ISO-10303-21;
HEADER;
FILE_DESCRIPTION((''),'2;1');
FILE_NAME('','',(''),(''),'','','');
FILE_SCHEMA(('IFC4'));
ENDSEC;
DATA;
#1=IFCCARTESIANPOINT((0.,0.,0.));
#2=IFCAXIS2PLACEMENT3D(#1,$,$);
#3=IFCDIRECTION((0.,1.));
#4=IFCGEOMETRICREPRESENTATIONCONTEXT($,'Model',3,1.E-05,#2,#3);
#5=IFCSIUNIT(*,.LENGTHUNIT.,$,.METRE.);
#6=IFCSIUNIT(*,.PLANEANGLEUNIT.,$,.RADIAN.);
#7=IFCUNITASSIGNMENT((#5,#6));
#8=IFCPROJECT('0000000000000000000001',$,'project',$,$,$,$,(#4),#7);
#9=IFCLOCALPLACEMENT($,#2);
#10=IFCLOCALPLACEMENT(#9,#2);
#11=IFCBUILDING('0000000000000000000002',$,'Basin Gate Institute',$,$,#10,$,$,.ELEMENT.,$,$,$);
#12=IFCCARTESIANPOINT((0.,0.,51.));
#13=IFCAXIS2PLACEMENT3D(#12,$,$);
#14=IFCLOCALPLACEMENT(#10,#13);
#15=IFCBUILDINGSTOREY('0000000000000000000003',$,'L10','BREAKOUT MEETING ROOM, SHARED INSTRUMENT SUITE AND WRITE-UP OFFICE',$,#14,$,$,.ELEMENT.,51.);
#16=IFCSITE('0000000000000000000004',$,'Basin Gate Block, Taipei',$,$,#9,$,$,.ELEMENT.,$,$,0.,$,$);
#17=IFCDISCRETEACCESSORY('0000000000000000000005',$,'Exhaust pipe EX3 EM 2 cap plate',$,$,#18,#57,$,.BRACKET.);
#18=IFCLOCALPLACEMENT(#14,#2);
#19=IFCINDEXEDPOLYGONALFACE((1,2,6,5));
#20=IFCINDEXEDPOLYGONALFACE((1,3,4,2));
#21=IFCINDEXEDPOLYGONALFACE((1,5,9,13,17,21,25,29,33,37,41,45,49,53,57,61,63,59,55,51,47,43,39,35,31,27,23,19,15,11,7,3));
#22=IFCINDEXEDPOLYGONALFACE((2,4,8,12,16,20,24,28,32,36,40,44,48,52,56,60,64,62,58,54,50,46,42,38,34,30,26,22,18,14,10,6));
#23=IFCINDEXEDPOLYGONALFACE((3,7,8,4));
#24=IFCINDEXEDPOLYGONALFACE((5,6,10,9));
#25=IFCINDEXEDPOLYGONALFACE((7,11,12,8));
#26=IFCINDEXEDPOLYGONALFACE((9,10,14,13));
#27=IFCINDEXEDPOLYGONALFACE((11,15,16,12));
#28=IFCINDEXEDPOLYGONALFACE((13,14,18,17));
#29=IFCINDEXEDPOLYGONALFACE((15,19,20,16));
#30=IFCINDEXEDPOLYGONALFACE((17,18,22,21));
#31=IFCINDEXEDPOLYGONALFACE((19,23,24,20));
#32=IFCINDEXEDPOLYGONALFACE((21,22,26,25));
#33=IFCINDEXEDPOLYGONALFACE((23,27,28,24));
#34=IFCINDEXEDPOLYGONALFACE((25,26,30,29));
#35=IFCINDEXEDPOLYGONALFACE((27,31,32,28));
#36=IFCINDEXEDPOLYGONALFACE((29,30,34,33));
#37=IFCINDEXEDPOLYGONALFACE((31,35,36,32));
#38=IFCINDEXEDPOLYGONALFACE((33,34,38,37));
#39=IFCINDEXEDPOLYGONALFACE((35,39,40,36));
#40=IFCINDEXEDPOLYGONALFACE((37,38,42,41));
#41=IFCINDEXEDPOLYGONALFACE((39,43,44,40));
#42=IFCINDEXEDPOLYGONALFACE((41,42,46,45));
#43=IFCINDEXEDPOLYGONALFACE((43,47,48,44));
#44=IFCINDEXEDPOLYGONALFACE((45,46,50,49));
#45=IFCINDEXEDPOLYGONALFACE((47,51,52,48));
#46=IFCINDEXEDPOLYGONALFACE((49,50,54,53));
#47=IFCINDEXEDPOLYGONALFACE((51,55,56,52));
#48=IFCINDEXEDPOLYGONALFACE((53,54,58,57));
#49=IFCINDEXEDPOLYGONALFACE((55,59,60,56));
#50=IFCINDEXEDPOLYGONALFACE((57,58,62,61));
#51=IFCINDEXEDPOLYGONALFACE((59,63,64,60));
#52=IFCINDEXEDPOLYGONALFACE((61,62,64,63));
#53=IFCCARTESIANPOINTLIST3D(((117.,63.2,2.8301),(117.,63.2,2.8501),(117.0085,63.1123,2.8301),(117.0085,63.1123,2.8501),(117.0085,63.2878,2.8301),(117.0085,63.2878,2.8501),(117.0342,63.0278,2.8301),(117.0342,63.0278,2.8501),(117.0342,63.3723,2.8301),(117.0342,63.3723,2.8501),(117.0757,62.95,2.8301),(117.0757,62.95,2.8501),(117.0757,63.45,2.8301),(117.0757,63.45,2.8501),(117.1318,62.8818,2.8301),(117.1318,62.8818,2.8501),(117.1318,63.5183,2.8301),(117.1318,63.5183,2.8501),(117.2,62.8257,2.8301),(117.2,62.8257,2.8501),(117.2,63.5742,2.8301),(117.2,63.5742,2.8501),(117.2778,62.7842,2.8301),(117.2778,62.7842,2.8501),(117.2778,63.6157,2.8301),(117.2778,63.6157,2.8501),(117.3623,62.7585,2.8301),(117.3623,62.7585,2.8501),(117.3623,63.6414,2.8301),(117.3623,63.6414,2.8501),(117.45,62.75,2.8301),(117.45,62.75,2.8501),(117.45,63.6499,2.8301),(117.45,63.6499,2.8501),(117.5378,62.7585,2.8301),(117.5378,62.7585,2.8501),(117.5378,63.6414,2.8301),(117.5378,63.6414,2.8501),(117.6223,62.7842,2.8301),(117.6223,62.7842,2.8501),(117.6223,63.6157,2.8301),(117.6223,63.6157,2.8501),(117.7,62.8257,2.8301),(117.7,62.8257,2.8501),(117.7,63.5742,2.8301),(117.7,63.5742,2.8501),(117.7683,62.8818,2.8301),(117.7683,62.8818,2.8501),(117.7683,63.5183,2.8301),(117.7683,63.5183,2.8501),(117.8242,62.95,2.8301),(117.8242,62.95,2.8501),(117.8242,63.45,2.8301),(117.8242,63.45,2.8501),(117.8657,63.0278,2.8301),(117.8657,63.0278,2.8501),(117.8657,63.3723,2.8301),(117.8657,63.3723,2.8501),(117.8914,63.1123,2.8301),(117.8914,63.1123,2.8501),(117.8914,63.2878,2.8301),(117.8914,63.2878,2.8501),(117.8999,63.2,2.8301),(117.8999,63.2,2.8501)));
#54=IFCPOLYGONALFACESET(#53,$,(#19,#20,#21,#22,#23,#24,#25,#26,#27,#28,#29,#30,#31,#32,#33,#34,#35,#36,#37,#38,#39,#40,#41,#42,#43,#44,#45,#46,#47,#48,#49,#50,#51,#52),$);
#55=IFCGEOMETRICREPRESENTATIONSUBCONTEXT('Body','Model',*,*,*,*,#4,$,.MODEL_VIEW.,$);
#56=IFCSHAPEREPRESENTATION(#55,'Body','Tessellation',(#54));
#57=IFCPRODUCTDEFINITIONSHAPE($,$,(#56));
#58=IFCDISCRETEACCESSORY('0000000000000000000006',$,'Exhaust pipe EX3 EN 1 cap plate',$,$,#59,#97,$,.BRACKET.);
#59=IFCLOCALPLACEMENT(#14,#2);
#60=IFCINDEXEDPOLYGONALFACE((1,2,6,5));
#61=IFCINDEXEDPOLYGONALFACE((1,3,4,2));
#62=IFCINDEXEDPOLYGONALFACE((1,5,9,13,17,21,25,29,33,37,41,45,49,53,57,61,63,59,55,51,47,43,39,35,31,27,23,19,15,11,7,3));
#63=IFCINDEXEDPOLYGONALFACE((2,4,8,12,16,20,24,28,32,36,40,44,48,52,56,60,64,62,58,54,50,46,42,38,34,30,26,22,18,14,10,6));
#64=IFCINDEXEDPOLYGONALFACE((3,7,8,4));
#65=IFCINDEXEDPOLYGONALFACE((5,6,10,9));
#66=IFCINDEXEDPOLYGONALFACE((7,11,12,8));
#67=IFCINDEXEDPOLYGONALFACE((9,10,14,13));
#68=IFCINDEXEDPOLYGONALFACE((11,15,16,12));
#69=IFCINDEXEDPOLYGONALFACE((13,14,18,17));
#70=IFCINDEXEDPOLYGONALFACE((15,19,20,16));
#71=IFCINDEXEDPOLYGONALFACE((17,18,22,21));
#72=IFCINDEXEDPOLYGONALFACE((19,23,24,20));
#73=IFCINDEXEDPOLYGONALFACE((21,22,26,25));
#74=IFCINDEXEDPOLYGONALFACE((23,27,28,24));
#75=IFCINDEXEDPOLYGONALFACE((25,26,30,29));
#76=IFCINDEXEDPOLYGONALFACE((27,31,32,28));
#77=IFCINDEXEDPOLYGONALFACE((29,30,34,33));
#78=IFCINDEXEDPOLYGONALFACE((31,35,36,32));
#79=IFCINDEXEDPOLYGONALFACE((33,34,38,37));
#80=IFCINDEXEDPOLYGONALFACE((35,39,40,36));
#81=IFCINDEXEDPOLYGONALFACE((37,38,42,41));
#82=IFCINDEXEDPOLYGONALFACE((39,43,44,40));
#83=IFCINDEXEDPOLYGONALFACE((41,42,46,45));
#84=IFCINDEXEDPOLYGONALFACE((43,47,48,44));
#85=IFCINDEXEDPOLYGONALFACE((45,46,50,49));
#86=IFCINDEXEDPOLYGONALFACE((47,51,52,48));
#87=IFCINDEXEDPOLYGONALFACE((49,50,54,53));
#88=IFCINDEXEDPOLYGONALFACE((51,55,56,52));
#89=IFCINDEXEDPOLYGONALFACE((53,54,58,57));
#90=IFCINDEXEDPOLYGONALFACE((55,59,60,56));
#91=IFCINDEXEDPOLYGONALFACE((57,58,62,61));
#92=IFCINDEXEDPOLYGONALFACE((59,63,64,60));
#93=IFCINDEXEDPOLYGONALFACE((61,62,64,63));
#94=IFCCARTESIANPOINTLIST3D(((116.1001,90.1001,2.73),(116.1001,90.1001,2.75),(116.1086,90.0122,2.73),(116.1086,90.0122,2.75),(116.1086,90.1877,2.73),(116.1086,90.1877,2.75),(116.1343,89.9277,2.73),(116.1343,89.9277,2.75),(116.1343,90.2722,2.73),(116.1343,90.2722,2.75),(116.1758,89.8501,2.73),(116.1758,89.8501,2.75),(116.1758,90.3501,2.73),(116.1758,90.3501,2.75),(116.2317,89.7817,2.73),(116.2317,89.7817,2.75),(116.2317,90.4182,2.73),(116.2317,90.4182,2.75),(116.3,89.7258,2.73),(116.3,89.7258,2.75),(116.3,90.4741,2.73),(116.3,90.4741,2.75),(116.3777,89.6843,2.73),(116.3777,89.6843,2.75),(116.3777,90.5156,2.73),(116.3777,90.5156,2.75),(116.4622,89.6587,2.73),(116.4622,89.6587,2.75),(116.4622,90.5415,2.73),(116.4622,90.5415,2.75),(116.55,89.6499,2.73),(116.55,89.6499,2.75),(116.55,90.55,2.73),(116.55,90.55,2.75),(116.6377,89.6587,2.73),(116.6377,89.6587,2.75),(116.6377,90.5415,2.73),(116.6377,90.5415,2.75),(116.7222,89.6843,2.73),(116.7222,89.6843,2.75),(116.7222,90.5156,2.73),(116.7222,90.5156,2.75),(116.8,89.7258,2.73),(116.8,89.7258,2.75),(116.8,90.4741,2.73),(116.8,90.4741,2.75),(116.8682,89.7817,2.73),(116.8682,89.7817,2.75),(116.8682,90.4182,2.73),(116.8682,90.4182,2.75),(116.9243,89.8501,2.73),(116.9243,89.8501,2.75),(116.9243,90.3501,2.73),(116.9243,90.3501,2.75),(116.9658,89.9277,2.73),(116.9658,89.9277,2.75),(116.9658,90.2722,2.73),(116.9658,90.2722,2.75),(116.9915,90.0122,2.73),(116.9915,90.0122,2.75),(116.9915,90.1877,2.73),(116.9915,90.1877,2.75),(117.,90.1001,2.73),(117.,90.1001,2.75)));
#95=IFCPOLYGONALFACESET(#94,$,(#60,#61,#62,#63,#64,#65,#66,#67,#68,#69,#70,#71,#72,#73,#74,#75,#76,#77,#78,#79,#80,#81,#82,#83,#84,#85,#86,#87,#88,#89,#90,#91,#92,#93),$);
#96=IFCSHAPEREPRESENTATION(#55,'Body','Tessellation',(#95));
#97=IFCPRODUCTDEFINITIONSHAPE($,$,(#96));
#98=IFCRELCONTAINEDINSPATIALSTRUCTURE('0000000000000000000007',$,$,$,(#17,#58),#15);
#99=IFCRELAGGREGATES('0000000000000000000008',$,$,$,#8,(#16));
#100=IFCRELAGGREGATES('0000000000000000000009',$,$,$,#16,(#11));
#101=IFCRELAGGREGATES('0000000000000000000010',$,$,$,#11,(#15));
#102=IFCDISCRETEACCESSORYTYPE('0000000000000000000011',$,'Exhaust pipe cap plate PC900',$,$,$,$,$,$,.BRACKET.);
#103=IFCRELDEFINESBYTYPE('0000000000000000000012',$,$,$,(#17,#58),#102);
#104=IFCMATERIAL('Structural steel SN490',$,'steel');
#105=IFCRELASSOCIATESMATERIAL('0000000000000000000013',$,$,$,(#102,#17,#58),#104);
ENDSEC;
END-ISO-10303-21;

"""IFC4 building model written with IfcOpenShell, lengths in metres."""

from ifc_helpers import new_model, si_unit, direction, frame, origin, place, context, subcontext, project, spatial, polyline, outline, extrude, material, type_object, element, save


model = new_model("IFC4")

# Units and contexts
model_context = context("Model", 3, precision=1e-05, world=origin(), true_north=direction((0.0, 1.0)))
body_context = subcontext(model_context, "Body", "Model", "MODEL_VIEW")
ifc_project = project(units=[si_unit("LENGTHUNIT", "METRE"), si_unit("PLANEANGLEUNIT", "RADIAN")], contexts=[model_context])

# Site, building, storey
site_placement = place(None, origin())
site = spatial("IfcSite", under=ifc_project, at=site_placement, Name="Basin Gate Block, Taipei", CompositionType="ELEMENT", RefElevation=0.0)
building_placement = place(site_placement, origin())
building = spatial("IfcBuilding", under=site, at=building_placement, Name="Basin Gate Institute", CompositionType="ELEMENT")
storey_placement = place(building_placement, frame((0.0, 0.0, 51.0)))
storey = spatial("IfcBuildingStorey", under=building, at=storey_placement, Name="L10", Description="BREAKOUT MEETING ROOM, SHARED INSTRUMENT SUITE AND WRITE-UP OFFICE", CompositionType="ELEMENT", Elevation=51.0)

# Discrete accessories
ifc_material_1 = material(Name="Structural steel SN490", Category="steel")
discrete_accessory_type_1 = type_object("IfcDiscreteAccessoryType", Name="Exhaust pipe cap plate PC900", PredefinedType="BRACKET", material=ifc_material_1)
discrete_accessory_1_placement = place(storey_placement, frame((0.0, 0.0, 2.8301)))
element("IfcDiscreteAccessory", 1, at=discrete_accessory_1_placement, inside=storey, type_object=discrete_accessory_type_1, material=ifc_material_1, Name="Exhaust pipe EX3 EM 2 cap plate", PredefinedType="BRACKET", context=body_context, shape_type="SweptSolid", body=[
    extrude(outline(polyline([(117.8999, 63.2), (117.8914, 63.2878), (117.8657, 63.3723), (117.8242, 63.45), (117.7683, 63.5183), (117.7, 63.5742), (117.6223, 63.6157), (117.5378, 63.6414), (117.45, 63.6499), (117.3623, 63.6414), (117.2778, 63.6157), (117.2, 63.5742), (117.1318, 63.5183), (117.0757, 63.45), (117.0342, 63.3723), (117.0085, 63.2878), (117.0, 63.2), (117.0085, 63.1123), (117.0342, 63.0278), (117.0757, 62.95), (117.1318, 62.8818), (117.2, 62.8257), (117.2778, 62.7842), (117.3623, 62.7585), (117.45, 62.75), (117.5378, 62.7585), (117.6223, 62.7842), (117.7, 62.8257), (117.7683, 62.8818), (117.8242, 62.95), (117.8657, 63.0278), (117.8914, 63.1123), (117.8999, 63.2)])), origin(), (0.0, 0.0, 1.0), 0.02),
])
discrete_accessory_2_placement = place(storey_placement, frame((0.0, 0.0, 2.73)))
element("IfcDiscreteAccessory", 2, at=discrete_accessory_2_placement, inside=storey, type_object=discrete_accessory_type_1, material=ifc_material_1, Name="Exhaust pipe EX3 EN 1 cap plate", PredefinedType="BRACKET", context=body_context, shape_type="SweptSolid", body=[
    extrude(outline(polyline([(117.0, 90.1001), (116.9915, 90.1877), (116.9658, 90.2722), (116.9243, 90.3501), (116.8682, 90.4182), (116.8, 90.4741), (116.7222, 90.5156), (116.6377, 90.5415), (116.55, 90.55), (116.4622, 90.5415), (116.3777, 90.5156), (116.3, 90.4741), (116.2317, 90.4182), (116.1758, 90.3501), (116.1343, 90.2722), (116.1086, 90.1877), (116.1001, 90.1001), (116.1086, 90.0122), (116.1343, 89.9277), (116.1758, 89.8501), (116.2317, 89.7817), (116.3, 89.7258), (116.3777, 89.6843), (116.4622, 89.6587), (116.55, 89.6499), (116.6377, 89.6587), (116.7222, 89.6843), (116.8, 89.7258), (116.8682, 89.7817), (116.9243, 89.8501), (116.9658, 89.9277), (116.9915, 90.0122), (117.0, 90.1001)])), origin(), (0.0, 0.0, 1.0), 0.02),
])

save(model, "model.ifc")
